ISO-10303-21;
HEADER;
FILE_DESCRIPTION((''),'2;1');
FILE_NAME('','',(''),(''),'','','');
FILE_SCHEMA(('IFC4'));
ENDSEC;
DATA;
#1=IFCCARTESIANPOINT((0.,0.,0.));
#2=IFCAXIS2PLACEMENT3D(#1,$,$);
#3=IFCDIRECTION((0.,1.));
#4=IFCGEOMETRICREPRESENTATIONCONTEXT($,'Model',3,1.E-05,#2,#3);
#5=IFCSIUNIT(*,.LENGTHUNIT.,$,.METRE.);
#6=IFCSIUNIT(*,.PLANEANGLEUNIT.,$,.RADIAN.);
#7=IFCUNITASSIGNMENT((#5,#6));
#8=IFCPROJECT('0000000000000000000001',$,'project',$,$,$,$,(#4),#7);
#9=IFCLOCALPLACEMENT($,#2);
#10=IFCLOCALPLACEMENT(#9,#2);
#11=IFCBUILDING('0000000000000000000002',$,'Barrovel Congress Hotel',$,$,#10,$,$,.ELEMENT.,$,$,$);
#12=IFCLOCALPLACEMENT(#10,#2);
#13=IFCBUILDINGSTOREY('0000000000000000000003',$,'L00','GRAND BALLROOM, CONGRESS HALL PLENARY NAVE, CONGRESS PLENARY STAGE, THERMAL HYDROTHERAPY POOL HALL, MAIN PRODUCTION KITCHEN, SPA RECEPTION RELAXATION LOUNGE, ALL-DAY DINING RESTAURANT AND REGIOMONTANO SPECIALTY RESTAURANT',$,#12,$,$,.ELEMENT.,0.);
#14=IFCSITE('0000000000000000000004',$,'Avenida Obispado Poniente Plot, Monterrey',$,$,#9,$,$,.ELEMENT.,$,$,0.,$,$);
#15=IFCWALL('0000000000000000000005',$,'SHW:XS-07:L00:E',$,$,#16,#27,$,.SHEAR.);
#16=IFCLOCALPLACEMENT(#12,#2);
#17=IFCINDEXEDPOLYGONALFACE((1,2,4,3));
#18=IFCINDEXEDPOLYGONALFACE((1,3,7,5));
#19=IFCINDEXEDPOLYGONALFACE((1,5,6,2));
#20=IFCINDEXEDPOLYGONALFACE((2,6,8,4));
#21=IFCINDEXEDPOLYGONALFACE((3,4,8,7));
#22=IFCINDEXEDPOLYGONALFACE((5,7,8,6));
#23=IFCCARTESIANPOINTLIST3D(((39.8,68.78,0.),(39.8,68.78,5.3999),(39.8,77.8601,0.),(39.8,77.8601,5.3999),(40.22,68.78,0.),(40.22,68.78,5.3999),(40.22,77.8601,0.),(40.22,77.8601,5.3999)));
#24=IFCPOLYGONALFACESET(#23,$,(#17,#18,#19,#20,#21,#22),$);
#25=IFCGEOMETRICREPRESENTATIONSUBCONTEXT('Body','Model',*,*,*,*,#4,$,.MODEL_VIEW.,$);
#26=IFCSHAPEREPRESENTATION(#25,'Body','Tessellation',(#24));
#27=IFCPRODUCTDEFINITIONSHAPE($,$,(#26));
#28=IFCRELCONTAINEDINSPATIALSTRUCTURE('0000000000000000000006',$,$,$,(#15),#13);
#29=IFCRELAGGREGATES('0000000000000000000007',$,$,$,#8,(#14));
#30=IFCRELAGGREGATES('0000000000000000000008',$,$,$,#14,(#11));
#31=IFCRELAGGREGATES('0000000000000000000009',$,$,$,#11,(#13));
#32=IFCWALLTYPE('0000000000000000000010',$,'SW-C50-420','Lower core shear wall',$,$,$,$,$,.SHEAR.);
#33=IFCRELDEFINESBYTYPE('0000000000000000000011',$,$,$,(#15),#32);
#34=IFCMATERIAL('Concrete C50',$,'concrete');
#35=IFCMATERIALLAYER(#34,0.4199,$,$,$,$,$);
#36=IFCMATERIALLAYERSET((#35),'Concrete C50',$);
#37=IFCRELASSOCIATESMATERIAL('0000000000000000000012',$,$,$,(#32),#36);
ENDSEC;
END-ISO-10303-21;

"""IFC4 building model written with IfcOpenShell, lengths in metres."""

from ifc_helpers import new_model, si_unit, direction, frame, frame_2d, origin, place, context, subcontext, project, spatial, rectangle, extrude, material, layer, layer_set, type_object, element, save


model = new_model("IFC4")

# Units and contexts
model_context = context("Model", 3, precision=1e-05, world=origin(), true_north=direction((0.0, 1.0)))
body_context = subcontext(model_context, "Body", "Model", "MODEL_VIEW")
ifc_project = project(units=[si_unit("LENGTHUNIT", "METRE"), si_unit("PLANEANGLEUNIT", "RADIAN")], contexts=[model_context])

# Site, building, storey
site_placement = place(None, origin())
site = spatial("IfcSite", under=ifc_project, at=site_placement, Name="Avenida Obispado Poniente Plot, Monterrey", CompositionType="ELEMENT", RefElevation=0.0)
building_placement = place(site_placement, origin())
building = spatial("IfcBuilding", under=site, at=building_placement, Name="Barrovel Congress Hotel", CompositionType="ELEMENT")
storey_placement = place(building_placement, origin())
storey = spatial("IfcBuildingStorey", under=building, at=storey_placement, Name="L00", Description="GRAND BALLROOM, CONGRESS HALL PLENARY NAVE, CONGRESS PLENARY STAGE, THERMAL HYDROTHERAPY POOL HALL, MAIN PRODUCTION KITCHEN, SPA RECEPTION RELAXATION LOUNGE, ALL-DAY DINING RESTAURANT AND REGIOMONTANO SPECIALTY RESTAURANT", CompositionType="ELEMENT", Elevation=0.0)

# Shared definitions
ifc_material_1 = material(Name="Concrete C50", Category="concrete")
ifc_layer = layer(ifc_material_1, 0.4199)
ifc_layer_set = layer_set([ifc_layer], Name="Concrete C50")
wall_type = type_object("IfcWallType", Name="SW-C50-420", Description="Lower core shear wall", PredefinedType="SHEAR", material=ifc_layer_set)

# Wall
wall_1_placement = place(storey_placement, frame((40.01, 68.78, 0.0), z_axis=(0.0, 0.0, 1.0), x_axis=(0.0, 1.0, 0.0)))
element("IfcWall", 1, at=wall_1_placement, inside=storey, type_object=wall_type, Name="SHW:XS-07:L00:E", PredefinedType="SHEAR", context=body_context, shape_type="SweptSolid", body=[
    extrude(rectangle(XDim=9.0801, YDim=0.4199, at=frame_2d((4.54, 0.0))), origin(), (0.0, 0.0, 1.0), 5.3999),
])

save(model, "model.ifc")
